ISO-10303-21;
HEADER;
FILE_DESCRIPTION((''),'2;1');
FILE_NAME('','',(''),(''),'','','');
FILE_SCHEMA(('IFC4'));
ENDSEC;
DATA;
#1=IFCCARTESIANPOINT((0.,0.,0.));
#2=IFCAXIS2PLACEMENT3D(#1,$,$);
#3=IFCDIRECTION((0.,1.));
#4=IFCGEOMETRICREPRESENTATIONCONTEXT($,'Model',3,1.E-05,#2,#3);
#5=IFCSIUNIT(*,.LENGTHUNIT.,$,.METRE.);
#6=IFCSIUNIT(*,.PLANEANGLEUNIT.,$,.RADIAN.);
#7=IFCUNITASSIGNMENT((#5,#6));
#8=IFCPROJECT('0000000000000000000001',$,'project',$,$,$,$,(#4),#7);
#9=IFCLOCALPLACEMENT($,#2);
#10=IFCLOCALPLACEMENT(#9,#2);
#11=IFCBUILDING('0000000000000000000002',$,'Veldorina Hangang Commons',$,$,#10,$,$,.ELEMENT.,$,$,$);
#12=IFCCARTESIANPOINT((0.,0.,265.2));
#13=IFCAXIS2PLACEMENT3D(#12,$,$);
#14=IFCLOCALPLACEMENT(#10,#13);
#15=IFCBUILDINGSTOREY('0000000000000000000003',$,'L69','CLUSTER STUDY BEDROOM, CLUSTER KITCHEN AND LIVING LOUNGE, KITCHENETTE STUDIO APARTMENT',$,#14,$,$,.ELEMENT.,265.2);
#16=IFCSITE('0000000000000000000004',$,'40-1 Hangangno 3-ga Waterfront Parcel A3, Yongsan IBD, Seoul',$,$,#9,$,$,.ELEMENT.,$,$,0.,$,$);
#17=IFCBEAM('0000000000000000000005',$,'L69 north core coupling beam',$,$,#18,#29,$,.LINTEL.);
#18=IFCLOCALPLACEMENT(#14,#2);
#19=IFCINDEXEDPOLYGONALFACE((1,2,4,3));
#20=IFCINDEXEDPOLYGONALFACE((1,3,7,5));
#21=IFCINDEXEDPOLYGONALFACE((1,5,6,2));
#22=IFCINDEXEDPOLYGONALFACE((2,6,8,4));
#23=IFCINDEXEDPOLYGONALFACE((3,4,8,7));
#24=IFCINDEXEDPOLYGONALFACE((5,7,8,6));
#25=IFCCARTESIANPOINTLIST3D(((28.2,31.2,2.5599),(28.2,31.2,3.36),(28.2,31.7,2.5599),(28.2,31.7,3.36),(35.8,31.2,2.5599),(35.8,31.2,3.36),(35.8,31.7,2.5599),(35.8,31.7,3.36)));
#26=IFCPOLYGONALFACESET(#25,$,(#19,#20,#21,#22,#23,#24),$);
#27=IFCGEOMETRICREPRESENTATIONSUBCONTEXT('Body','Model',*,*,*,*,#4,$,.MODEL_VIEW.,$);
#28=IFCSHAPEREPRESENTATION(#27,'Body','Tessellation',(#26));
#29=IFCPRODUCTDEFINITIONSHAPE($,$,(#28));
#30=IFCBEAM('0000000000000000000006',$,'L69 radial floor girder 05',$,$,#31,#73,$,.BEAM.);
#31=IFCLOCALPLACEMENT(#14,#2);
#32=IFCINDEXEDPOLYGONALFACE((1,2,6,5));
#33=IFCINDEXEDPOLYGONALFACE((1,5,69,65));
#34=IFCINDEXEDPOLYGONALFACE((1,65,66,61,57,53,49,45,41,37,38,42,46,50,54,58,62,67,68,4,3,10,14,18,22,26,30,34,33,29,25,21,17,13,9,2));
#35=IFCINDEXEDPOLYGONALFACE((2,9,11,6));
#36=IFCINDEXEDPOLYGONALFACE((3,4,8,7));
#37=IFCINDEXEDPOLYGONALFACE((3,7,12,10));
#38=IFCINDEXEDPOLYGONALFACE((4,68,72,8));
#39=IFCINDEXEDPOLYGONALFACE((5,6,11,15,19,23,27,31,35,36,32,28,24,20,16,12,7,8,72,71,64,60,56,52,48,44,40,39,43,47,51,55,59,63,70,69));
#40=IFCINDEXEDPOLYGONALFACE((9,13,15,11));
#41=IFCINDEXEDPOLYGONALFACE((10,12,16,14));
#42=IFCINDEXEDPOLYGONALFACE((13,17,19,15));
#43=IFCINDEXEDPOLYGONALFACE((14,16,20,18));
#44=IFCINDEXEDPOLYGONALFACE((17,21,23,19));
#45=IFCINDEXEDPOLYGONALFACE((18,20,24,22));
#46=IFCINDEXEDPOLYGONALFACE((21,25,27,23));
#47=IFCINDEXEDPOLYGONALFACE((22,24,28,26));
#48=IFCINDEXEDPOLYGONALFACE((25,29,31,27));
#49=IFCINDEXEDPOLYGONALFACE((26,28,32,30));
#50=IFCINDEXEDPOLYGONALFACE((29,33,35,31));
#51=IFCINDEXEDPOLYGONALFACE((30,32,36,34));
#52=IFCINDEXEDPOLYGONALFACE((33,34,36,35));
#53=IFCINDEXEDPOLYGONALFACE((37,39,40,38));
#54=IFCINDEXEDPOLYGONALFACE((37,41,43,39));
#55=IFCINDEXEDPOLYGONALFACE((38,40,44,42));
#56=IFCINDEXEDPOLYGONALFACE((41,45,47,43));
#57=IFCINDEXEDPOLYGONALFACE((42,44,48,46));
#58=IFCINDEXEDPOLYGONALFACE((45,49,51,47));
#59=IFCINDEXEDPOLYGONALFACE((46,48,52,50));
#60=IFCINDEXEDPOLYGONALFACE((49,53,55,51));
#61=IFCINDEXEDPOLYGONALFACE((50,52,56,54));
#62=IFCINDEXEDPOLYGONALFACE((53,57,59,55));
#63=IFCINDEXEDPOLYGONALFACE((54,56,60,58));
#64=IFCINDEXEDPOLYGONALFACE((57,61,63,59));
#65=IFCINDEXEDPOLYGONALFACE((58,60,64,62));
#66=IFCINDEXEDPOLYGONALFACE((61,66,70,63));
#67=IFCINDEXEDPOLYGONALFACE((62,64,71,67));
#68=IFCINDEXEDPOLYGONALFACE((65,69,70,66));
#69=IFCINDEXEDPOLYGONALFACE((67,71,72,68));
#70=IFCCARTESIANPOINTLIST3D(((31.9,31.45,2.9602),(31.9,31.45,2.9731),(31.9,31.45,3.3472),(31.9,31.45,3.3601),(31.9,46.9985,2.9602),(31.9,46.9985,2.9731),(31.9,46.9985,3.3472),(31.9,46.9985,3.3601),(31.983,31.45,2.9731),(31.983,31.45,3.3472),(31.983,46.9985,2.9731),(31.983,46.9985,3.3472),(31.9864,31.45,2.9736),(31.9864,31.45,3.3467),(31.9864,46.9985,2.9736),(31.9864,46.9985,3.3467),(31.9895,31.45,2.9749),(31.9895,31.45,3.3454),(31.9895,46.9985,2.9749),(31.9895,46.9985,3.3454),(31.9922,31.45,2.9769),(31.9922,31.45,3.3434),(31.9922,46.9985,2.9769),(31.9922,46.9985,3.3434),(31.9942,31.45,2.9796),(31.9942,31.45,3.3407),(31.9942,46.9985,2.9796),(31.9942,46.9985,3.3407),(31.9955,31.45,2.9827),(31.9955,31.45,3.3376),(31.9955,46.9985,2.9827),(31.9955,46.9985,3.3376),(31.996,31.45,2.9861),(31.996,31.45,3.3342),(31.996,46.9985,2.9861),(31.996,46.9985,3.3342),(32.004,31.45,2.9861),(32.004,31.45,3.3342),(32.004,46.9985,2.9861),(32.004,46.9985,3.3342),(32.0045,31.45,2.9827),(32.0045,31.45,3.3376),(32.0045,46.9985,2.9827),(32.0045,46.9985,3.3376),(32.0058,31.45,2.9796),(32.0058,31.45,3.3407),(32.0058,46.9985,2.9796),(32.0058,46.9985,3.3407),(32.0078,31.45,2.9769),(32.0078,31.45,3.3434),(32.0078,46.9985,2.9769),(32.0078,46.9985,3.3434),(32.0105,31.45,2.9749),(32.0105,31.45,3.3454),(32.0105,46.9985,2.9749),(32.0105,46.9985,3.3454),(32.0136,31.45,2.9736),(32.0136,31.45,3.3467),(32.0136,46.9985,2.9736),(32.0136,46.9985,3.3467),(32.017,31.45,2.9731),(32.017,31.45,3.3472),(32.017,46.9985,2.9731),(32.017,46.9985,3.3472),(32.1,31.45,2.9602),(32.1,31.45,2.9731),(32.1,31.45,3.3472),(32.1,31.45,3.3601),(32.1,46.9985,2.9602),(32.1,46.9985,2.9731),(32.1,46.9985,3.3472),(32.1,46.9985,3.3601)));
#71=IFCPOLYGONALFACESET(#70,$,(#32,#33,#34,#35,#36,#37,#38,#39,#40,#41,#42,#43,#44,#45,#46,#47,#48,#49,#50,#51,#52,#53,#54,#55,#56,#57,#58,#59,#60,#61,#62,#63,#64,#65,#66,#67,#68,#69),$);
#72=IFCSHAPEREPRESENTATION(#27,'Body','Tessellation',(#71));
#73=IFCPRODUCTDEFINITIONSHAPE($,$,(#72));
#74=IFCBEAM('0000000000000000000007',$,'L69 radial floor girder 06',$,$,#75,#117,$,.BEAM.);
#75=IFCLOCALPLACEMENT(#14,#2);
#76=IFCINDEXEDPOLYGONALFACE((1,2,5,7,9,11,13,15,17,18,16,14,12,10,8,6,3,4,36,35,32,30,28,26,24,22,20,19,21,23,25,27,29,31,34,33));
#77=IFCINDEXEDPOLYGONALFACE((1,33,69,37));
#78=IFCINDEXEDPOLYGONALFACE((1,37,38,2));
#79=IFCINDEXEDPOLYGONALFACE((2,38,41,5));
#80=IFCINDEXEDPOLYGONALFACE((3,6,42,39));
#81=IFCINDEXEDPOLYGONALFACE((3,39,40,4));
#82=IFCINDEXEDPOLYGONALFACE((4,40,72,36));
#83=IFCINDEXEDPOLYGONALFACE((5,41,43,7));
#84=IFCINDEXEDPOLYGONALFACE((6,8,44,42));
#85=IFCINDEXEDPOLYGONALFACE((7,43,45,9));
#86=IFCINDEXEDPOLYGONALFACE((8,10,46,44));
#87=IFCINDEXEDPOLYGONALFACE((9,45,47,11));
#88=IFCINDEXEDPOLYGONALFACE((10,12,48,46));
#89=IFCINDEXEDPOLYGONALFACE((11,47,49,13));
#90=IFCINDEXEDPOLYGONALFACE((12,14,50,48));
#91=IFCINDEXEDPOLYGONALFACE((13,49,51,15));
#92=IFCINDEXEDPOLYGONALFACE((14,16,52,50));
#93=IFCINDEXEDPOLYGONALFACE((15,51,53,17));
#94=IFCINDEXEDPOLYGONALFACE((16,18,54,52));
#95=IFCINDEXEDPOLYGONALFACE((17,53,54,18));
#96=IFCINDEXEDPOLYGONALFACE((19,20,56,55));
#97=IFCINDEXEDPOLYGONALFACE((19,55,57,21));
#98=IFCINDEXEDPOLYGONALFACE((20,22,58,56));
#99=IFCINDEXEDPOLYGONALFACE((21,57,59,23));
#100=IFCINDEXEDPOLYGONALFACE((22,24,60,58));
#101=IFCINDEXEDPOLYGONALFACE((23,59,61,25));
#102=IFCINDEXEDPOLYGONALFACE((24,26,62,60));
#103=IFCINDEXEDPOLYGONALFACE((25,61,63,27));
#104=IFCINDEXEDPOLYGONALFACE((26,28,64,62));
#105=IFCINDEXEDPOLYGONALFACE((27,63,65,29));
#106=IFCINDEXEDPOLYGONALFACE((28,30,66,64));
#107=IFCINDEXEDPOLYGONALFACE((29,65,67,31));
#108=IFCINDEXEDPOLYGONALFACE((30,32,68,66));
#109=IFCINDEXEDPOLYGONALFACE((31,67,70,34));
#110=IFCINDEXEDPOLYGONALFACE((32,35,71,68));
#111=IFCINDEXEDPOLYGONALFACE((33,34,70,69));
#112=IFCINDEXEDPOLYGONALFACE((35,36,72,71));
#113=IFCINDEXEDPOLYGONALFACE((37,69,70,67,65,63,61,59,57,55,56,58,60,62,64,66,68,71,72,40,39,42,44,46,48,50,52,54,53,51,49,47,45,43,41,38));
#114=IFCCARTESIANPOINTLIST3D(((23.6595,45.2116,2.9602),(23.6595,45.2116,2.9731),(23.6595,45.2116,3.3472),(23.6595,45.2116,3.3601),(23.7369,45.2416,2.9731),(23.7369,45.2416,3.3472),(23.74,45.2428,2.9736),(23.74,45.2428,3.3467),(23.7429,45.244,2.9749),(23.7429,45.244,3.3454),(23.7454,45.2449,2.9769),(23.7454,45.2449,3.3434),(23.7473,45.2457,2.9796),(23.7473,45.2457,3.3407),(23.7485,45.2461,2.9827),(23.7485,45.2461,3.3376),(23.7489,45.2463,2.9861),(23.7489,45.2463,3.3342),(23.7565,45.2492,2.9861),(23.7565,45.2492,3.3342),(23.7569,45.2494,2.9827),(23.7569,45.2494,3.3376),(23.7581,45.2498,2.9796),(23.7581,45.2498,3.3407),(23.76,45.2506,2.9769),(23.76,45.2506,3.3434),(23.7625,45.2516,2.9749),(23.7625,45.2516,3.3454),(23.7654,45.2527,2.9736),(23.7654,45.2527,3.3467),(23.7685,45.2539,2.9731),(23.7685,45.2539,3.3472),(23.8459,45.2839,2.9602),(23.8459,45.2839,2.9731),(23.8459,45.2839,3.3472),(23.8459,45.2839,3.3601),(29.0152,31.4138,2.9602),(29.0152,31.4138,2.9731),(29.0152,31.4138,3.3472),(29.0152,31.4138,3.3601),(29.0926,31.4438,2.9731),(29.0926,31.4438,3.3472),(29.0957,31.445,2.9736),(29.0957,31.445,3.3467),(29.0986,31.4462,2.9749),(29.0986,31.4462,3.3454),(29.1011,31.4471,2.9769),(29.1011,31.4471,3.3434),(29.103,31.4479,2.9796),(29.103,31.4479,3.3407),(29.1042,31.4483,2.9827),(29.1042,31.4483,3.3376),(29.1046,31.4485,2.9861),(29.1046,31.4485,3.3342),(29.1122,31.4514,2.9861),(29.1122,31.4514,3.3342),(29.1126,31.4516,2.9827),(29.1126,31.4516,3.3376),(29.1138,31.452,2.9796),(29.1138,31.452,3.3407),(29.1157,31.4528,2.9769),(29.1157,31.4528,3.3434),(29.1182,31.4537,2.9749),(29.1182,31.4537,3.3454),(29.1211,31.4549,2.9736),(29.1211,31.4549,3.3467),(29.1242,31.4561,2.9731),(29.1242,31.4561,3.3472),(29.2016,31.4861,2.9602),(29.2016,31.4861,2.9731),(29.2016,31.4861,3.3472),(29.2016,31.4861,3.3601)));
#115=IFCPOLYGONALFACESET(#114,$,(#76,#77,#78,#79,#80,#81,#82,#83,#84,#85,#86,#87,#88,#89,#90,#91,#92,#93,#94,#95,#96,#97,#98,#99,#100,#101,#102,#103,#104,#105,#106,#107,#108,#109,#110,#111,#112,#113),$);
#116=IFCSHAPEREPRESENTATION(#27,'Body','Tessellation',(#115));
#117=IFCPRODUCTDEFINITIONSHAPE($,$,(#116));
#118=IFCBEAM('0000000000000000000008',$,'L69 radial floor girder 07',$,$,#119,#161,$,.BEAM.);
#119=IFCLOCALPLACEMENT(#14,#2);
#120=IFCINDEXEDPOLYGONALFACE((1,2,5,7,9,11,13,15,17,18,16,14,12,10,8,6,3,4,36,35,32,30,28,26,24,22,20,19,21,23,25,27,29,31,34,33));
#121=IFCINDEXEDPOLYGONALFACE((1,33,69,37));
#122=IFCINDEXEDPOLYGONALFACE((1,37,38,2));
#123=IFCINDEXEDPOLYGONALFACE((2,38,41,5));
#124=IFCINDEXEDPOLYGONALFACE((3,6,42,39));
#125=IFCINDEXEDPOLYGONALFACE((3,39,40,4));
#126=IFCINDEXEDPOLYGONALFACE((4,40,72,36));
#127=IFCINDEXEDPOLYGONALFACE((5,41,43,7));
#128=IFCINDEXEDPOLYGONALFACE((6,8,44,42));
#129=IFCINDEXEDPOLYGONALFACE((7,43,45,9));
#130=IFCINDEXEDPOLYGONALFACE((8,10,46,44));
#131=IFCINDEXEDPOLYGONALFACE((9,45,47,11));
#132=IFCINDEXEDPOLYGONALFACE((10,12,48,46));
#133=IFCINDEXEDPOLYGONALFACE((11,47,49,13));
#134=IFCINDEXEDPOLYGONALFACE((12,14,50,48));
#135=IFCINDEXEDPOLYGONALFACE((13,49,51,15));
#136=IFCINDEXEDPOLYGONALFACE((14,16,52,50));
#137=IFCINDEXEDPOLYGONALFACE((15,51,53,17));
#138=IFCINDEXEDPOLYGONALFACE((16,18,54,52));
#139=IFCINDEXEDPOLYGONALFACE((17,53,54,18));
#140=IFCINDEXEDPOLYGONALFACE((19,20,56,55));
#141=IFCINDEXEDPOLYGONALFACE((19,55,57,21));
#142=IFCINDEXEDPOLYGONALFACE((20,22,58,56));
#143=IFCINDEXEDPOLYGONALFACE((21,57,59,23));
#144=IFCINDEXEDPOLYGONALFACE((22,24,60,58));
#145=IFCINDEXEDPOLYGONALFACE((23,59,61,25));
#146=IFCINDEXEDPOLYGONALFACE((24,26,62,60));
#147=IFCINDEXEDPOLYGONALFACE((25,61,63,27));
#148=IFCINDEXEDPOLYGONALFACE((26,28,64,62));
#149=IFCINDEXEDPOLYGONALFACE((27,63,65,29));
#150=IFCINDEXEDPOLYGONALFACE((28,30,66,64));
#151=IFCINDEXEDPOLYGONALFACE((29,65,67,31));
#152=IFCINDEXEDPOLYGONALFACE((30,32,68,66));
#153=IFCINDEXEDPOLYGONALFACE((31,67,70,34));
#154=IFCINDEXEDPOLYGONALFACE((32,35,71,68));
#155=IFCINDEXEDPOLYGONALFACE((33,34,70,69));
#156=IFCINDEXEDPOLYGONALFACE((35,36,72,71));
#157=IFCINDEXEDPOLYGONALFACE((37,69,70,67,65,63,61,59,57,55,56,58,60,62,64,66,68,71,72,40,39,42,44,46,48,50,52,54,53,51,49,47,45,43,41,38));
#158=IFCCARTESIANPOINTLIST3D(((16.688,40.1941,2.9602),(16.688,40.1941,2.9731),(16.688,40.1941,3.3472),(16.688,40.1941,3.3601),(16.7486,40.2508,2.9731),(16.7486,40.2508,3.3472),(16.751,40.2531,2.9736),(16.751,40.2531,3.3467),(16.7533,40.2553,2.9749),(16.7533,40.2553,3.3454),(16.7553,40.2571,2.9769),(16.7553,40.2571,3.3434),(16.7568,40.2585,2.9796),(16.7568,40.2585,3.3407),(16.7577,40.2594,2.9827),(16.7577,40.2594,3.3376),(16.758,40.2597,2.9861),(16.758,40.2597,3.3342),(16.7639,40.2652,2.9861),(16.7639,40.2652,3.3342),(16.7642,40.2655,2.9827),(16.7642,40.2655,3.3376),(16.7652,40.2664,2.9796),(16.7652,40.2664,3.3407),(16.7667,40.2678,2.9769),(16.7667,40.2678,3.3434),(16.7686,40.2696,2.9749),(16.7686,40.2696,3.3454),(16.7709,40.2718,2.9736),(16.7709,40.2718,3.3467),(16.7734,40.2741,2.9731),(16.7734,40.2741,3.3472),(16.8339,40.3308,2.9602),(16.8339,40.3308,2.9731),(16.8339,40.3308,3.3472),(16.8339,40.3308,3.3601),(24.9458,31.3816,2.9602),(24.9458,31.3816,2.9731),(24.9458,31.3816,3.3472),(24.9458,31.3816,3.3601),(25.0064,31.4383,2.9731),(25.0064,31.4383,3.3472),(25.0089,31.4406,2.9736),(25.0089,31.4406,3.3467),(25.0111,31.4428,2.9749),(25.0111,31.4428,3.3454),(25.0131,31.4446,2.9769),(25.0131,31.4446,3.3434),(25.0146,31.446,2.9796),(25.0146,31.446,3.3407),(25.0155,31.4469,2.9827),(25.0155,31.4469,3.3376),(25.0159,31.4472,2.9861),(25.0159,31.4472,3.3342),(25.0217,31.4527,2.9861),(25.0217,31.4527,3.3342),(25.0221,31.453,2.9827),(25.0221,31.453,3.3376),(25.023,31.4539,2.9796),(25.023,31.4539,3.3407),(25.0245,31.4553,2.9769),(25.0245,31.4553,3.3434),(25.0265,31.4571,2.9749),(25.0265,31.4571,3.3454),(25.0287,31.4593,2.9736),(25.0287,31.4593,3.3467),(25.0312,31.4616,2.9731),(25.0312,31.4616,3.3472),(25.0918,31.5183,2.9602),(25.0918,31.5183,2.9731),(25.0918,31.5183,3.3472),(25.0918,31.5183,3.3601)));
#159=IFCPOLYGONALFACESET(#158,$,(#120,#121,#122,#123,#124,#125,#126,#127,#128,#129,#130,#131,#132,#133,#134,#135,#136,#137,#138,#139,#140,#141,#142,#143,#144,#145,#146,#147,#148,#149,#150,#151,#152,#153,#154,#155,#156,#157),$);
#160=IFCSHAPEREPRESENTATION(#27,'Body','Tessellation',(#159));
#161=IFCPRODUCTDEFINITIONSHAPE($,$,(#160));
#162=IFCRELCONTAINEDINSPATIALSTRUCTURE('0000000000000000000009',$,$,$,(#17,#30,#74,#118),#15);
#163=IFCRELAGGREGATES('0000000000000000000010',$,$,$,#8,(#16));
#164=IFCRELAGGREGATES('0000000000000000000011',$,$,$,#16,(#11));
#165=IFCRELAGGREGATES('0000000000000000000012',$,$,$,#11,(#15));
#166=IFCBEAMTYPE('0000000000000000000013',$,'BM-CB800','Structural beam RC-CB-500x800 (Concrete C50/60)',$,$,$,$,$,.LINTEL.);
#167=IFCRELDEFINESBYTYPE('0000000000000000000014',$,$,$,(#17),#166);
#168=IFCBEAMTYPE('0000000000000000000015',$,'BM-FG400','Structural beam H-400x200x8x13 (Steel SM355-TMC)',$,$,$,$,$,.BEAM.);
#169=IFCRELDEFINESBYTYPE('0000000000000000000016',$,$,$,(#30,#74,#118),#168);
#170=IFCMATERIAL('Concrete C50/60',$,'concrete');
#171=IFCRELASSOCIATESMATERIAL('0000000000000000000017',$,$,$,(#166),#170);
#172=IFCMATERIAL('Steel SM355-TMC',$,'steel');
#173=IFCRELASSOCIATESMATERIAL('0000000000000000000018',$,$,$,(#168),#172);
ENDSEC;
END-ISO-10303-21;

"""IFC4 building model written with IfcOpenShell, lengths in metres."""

from ifc_helpers import new_model, si_unit, direction, frame, origin, origin_2d, place, context, subcontext, project, spatial, rectangle, i_section, extrude, material, material_profile, profile_set, type_object, element, save


model = new_model("IFC4")

# Units and contexts
model_context = context("Model", 3, precision=1e-05, world=origin(), true_north=direction((0.0, 1.0)))
body_context = subcontext(model_context, "Body", "Model", "MODEL_VIEW")
ifc_project = project(units=[si_unit("LENGTHUNIT", "METRE"), si_unit("PLANEANGLEUNIT", "RADIAN")], contexts=[model_context])

# Site, building, storey
site_placement = place(None, origin())
site = spatial("IfcSite", under=ifc_project, at=site_placement, Name="40-1 Hangangno 3-ga Waterfront Parcel A3, Yongsan IBD, Seoul", CompositionType="ELEMENT", RefElevation=0.0)
building_placement = place(site_placement, origin())
building = spatial("IfcBuilding", under=site, at=building_placement, Name="Veldorina Hangang Commons", CompositionType="ELEMENT")
storey_placement = place(building_placement, frame((0.0, 0.0, 265.2)))
storey = spatial("IfcBuildingStorey", under=building, at=storey_placement, Name="L69", Description="CLUSTER STUDY BEDROOM, CLUSTER KITCHEN AND LIVING LOUNGE, KITCHENETTE STUDIO APARTMENT", CompositionType="ELEMENT", Elevation=265.2)

# Beams
ifc_material_1 = material(Name="Concrete C50/60", Category="concrete")
ifc_material_profile_1 = material_profile(ifc_material_1, rectangle(XDim=0.5, YDim=0.8, at=origin_2d()), Name="RC-CB-500x800")
ifc_profile_set_1 = profile_set([ifc_material_profile_1], Name="Concrete C50/60")
beam_type_1 = type_object("IfcBeamType", Name="BM-CB800", Description="Structural beam RC-CB-500x800 (Concrete C50/60)", PredefinedType="LINTEL", material=ifc_profile_set_1)
beam_1_placement = place(storey_placement, frame((28.2, 31.45, 2.96), z_axis=(1.0, 0.0, 0.0), x_axis=(0.0, 1.0, 0.0)))
element("IfcBeam", 1, at=beam_1_placement, inside=storey, type_object=beam_type_1, Name="L69 north core coupling beam", PredefinedType="LINTEL", context=body_context, shape_type="SweptSolid", body=[
    extrude(rectangle(XDim=0.5, YDim=0.8, at=origin_2d()), origin(), (0.0, 0.0, 1.0), 7.6001),
])
ifc_material_2 = material(Name="Steel SM355-TMC", Category="steel")
ifc_material_profile_2 = material_profile(ifc_material_2, i_section(OverallWidth=0.2, OverallDepth=0.3999, WebThickness=0.0081, FlangeThickness=0.0129, FilletRadius=0.0129, at=origin_2d()), Name="H-400x200x8x13")
ifc_profile_set_2 = profile_set([ifc_material_profile_2], Name="Steel SM355-TMC")
beam_type_2 = type_object("IfcBeamType", Name="BM-FG400", Description="Structural beam H-400x200x8x13 (Steel SM355-TMC)", PredefinedType="BEAM", material=ifc_profile_set_2)
beam_2_placement = place(storey_placement, frame((32.0, 31.45, 3.1602), z_axis=(0.0, 1.0, 0.0), x_axis=(-1.0, 0.0, 0.0)))
element("IfcBeam", 2, at=beam_2_placement, inside=storey, type_object=beam_type_2, Name="L69 radial floor girder 05", PredefinedType="BEAM", context=body_context, shape_type="SweptSolid", body=[
    extrude(i_section(OverallWidth=0.2, OverallDepth=0.3999, WebThickness=0.0081, FlangeThickness=0.0129, FilletRadius=0.0129, at=origin_2d()), origin(), (0.0, 0.0, 1.0), 15.5486),
])
beam_3_placement = place(storey_placement, frame((29.1084, 31.45, 3.1602), z_axis=(-0.361852, 0.932235, 0.0), x_axis=(-0.932235, -0.361852, 0.0)))
element("IfcBeam", 3, at=beam_3_placement, inside=storey, type_object=beam_type_2, Name="L69 radial floor girder 06", PredefinedType="BEAM", context=body_context, shape_type="SweptSolid", body=[
    extrude(i_section(OverallWidth=0.2, OverallDepth=0.3999, WebThickness=0.0081, FlangeThickness=0.0129, FilletRadius=0.0129, at=origin_2d()), origin(), (0.0, 0.0, 1.0), 14.8008),
])
beam_4_placement = place(storey_placement, frame((25.0188, 31.45, 3.1602), z_axis=(-0.683769, 0.729699, 0.0), x_axis=(-0.729699, -0.683769, 0.0)))
element("IfcBeam", 4, at=beam_4_placement, inside=storey, type_object=beam_type_2, Name="L69 radial floor girder 07", PredefinedType="BEAM", context=body_context, shape_type="SweptSolid", body=[
    extrude(i_section(OverallWidth=0.2, OverallDepth=0.3999, WebThickness=0.0081, FlangeThickness=0.0129, FilletRadius=0.0129, at=origin_2d()), origin(), (0.0, 0.0, 1.0), 12.0769),
])

save(model, "model.ifc")
